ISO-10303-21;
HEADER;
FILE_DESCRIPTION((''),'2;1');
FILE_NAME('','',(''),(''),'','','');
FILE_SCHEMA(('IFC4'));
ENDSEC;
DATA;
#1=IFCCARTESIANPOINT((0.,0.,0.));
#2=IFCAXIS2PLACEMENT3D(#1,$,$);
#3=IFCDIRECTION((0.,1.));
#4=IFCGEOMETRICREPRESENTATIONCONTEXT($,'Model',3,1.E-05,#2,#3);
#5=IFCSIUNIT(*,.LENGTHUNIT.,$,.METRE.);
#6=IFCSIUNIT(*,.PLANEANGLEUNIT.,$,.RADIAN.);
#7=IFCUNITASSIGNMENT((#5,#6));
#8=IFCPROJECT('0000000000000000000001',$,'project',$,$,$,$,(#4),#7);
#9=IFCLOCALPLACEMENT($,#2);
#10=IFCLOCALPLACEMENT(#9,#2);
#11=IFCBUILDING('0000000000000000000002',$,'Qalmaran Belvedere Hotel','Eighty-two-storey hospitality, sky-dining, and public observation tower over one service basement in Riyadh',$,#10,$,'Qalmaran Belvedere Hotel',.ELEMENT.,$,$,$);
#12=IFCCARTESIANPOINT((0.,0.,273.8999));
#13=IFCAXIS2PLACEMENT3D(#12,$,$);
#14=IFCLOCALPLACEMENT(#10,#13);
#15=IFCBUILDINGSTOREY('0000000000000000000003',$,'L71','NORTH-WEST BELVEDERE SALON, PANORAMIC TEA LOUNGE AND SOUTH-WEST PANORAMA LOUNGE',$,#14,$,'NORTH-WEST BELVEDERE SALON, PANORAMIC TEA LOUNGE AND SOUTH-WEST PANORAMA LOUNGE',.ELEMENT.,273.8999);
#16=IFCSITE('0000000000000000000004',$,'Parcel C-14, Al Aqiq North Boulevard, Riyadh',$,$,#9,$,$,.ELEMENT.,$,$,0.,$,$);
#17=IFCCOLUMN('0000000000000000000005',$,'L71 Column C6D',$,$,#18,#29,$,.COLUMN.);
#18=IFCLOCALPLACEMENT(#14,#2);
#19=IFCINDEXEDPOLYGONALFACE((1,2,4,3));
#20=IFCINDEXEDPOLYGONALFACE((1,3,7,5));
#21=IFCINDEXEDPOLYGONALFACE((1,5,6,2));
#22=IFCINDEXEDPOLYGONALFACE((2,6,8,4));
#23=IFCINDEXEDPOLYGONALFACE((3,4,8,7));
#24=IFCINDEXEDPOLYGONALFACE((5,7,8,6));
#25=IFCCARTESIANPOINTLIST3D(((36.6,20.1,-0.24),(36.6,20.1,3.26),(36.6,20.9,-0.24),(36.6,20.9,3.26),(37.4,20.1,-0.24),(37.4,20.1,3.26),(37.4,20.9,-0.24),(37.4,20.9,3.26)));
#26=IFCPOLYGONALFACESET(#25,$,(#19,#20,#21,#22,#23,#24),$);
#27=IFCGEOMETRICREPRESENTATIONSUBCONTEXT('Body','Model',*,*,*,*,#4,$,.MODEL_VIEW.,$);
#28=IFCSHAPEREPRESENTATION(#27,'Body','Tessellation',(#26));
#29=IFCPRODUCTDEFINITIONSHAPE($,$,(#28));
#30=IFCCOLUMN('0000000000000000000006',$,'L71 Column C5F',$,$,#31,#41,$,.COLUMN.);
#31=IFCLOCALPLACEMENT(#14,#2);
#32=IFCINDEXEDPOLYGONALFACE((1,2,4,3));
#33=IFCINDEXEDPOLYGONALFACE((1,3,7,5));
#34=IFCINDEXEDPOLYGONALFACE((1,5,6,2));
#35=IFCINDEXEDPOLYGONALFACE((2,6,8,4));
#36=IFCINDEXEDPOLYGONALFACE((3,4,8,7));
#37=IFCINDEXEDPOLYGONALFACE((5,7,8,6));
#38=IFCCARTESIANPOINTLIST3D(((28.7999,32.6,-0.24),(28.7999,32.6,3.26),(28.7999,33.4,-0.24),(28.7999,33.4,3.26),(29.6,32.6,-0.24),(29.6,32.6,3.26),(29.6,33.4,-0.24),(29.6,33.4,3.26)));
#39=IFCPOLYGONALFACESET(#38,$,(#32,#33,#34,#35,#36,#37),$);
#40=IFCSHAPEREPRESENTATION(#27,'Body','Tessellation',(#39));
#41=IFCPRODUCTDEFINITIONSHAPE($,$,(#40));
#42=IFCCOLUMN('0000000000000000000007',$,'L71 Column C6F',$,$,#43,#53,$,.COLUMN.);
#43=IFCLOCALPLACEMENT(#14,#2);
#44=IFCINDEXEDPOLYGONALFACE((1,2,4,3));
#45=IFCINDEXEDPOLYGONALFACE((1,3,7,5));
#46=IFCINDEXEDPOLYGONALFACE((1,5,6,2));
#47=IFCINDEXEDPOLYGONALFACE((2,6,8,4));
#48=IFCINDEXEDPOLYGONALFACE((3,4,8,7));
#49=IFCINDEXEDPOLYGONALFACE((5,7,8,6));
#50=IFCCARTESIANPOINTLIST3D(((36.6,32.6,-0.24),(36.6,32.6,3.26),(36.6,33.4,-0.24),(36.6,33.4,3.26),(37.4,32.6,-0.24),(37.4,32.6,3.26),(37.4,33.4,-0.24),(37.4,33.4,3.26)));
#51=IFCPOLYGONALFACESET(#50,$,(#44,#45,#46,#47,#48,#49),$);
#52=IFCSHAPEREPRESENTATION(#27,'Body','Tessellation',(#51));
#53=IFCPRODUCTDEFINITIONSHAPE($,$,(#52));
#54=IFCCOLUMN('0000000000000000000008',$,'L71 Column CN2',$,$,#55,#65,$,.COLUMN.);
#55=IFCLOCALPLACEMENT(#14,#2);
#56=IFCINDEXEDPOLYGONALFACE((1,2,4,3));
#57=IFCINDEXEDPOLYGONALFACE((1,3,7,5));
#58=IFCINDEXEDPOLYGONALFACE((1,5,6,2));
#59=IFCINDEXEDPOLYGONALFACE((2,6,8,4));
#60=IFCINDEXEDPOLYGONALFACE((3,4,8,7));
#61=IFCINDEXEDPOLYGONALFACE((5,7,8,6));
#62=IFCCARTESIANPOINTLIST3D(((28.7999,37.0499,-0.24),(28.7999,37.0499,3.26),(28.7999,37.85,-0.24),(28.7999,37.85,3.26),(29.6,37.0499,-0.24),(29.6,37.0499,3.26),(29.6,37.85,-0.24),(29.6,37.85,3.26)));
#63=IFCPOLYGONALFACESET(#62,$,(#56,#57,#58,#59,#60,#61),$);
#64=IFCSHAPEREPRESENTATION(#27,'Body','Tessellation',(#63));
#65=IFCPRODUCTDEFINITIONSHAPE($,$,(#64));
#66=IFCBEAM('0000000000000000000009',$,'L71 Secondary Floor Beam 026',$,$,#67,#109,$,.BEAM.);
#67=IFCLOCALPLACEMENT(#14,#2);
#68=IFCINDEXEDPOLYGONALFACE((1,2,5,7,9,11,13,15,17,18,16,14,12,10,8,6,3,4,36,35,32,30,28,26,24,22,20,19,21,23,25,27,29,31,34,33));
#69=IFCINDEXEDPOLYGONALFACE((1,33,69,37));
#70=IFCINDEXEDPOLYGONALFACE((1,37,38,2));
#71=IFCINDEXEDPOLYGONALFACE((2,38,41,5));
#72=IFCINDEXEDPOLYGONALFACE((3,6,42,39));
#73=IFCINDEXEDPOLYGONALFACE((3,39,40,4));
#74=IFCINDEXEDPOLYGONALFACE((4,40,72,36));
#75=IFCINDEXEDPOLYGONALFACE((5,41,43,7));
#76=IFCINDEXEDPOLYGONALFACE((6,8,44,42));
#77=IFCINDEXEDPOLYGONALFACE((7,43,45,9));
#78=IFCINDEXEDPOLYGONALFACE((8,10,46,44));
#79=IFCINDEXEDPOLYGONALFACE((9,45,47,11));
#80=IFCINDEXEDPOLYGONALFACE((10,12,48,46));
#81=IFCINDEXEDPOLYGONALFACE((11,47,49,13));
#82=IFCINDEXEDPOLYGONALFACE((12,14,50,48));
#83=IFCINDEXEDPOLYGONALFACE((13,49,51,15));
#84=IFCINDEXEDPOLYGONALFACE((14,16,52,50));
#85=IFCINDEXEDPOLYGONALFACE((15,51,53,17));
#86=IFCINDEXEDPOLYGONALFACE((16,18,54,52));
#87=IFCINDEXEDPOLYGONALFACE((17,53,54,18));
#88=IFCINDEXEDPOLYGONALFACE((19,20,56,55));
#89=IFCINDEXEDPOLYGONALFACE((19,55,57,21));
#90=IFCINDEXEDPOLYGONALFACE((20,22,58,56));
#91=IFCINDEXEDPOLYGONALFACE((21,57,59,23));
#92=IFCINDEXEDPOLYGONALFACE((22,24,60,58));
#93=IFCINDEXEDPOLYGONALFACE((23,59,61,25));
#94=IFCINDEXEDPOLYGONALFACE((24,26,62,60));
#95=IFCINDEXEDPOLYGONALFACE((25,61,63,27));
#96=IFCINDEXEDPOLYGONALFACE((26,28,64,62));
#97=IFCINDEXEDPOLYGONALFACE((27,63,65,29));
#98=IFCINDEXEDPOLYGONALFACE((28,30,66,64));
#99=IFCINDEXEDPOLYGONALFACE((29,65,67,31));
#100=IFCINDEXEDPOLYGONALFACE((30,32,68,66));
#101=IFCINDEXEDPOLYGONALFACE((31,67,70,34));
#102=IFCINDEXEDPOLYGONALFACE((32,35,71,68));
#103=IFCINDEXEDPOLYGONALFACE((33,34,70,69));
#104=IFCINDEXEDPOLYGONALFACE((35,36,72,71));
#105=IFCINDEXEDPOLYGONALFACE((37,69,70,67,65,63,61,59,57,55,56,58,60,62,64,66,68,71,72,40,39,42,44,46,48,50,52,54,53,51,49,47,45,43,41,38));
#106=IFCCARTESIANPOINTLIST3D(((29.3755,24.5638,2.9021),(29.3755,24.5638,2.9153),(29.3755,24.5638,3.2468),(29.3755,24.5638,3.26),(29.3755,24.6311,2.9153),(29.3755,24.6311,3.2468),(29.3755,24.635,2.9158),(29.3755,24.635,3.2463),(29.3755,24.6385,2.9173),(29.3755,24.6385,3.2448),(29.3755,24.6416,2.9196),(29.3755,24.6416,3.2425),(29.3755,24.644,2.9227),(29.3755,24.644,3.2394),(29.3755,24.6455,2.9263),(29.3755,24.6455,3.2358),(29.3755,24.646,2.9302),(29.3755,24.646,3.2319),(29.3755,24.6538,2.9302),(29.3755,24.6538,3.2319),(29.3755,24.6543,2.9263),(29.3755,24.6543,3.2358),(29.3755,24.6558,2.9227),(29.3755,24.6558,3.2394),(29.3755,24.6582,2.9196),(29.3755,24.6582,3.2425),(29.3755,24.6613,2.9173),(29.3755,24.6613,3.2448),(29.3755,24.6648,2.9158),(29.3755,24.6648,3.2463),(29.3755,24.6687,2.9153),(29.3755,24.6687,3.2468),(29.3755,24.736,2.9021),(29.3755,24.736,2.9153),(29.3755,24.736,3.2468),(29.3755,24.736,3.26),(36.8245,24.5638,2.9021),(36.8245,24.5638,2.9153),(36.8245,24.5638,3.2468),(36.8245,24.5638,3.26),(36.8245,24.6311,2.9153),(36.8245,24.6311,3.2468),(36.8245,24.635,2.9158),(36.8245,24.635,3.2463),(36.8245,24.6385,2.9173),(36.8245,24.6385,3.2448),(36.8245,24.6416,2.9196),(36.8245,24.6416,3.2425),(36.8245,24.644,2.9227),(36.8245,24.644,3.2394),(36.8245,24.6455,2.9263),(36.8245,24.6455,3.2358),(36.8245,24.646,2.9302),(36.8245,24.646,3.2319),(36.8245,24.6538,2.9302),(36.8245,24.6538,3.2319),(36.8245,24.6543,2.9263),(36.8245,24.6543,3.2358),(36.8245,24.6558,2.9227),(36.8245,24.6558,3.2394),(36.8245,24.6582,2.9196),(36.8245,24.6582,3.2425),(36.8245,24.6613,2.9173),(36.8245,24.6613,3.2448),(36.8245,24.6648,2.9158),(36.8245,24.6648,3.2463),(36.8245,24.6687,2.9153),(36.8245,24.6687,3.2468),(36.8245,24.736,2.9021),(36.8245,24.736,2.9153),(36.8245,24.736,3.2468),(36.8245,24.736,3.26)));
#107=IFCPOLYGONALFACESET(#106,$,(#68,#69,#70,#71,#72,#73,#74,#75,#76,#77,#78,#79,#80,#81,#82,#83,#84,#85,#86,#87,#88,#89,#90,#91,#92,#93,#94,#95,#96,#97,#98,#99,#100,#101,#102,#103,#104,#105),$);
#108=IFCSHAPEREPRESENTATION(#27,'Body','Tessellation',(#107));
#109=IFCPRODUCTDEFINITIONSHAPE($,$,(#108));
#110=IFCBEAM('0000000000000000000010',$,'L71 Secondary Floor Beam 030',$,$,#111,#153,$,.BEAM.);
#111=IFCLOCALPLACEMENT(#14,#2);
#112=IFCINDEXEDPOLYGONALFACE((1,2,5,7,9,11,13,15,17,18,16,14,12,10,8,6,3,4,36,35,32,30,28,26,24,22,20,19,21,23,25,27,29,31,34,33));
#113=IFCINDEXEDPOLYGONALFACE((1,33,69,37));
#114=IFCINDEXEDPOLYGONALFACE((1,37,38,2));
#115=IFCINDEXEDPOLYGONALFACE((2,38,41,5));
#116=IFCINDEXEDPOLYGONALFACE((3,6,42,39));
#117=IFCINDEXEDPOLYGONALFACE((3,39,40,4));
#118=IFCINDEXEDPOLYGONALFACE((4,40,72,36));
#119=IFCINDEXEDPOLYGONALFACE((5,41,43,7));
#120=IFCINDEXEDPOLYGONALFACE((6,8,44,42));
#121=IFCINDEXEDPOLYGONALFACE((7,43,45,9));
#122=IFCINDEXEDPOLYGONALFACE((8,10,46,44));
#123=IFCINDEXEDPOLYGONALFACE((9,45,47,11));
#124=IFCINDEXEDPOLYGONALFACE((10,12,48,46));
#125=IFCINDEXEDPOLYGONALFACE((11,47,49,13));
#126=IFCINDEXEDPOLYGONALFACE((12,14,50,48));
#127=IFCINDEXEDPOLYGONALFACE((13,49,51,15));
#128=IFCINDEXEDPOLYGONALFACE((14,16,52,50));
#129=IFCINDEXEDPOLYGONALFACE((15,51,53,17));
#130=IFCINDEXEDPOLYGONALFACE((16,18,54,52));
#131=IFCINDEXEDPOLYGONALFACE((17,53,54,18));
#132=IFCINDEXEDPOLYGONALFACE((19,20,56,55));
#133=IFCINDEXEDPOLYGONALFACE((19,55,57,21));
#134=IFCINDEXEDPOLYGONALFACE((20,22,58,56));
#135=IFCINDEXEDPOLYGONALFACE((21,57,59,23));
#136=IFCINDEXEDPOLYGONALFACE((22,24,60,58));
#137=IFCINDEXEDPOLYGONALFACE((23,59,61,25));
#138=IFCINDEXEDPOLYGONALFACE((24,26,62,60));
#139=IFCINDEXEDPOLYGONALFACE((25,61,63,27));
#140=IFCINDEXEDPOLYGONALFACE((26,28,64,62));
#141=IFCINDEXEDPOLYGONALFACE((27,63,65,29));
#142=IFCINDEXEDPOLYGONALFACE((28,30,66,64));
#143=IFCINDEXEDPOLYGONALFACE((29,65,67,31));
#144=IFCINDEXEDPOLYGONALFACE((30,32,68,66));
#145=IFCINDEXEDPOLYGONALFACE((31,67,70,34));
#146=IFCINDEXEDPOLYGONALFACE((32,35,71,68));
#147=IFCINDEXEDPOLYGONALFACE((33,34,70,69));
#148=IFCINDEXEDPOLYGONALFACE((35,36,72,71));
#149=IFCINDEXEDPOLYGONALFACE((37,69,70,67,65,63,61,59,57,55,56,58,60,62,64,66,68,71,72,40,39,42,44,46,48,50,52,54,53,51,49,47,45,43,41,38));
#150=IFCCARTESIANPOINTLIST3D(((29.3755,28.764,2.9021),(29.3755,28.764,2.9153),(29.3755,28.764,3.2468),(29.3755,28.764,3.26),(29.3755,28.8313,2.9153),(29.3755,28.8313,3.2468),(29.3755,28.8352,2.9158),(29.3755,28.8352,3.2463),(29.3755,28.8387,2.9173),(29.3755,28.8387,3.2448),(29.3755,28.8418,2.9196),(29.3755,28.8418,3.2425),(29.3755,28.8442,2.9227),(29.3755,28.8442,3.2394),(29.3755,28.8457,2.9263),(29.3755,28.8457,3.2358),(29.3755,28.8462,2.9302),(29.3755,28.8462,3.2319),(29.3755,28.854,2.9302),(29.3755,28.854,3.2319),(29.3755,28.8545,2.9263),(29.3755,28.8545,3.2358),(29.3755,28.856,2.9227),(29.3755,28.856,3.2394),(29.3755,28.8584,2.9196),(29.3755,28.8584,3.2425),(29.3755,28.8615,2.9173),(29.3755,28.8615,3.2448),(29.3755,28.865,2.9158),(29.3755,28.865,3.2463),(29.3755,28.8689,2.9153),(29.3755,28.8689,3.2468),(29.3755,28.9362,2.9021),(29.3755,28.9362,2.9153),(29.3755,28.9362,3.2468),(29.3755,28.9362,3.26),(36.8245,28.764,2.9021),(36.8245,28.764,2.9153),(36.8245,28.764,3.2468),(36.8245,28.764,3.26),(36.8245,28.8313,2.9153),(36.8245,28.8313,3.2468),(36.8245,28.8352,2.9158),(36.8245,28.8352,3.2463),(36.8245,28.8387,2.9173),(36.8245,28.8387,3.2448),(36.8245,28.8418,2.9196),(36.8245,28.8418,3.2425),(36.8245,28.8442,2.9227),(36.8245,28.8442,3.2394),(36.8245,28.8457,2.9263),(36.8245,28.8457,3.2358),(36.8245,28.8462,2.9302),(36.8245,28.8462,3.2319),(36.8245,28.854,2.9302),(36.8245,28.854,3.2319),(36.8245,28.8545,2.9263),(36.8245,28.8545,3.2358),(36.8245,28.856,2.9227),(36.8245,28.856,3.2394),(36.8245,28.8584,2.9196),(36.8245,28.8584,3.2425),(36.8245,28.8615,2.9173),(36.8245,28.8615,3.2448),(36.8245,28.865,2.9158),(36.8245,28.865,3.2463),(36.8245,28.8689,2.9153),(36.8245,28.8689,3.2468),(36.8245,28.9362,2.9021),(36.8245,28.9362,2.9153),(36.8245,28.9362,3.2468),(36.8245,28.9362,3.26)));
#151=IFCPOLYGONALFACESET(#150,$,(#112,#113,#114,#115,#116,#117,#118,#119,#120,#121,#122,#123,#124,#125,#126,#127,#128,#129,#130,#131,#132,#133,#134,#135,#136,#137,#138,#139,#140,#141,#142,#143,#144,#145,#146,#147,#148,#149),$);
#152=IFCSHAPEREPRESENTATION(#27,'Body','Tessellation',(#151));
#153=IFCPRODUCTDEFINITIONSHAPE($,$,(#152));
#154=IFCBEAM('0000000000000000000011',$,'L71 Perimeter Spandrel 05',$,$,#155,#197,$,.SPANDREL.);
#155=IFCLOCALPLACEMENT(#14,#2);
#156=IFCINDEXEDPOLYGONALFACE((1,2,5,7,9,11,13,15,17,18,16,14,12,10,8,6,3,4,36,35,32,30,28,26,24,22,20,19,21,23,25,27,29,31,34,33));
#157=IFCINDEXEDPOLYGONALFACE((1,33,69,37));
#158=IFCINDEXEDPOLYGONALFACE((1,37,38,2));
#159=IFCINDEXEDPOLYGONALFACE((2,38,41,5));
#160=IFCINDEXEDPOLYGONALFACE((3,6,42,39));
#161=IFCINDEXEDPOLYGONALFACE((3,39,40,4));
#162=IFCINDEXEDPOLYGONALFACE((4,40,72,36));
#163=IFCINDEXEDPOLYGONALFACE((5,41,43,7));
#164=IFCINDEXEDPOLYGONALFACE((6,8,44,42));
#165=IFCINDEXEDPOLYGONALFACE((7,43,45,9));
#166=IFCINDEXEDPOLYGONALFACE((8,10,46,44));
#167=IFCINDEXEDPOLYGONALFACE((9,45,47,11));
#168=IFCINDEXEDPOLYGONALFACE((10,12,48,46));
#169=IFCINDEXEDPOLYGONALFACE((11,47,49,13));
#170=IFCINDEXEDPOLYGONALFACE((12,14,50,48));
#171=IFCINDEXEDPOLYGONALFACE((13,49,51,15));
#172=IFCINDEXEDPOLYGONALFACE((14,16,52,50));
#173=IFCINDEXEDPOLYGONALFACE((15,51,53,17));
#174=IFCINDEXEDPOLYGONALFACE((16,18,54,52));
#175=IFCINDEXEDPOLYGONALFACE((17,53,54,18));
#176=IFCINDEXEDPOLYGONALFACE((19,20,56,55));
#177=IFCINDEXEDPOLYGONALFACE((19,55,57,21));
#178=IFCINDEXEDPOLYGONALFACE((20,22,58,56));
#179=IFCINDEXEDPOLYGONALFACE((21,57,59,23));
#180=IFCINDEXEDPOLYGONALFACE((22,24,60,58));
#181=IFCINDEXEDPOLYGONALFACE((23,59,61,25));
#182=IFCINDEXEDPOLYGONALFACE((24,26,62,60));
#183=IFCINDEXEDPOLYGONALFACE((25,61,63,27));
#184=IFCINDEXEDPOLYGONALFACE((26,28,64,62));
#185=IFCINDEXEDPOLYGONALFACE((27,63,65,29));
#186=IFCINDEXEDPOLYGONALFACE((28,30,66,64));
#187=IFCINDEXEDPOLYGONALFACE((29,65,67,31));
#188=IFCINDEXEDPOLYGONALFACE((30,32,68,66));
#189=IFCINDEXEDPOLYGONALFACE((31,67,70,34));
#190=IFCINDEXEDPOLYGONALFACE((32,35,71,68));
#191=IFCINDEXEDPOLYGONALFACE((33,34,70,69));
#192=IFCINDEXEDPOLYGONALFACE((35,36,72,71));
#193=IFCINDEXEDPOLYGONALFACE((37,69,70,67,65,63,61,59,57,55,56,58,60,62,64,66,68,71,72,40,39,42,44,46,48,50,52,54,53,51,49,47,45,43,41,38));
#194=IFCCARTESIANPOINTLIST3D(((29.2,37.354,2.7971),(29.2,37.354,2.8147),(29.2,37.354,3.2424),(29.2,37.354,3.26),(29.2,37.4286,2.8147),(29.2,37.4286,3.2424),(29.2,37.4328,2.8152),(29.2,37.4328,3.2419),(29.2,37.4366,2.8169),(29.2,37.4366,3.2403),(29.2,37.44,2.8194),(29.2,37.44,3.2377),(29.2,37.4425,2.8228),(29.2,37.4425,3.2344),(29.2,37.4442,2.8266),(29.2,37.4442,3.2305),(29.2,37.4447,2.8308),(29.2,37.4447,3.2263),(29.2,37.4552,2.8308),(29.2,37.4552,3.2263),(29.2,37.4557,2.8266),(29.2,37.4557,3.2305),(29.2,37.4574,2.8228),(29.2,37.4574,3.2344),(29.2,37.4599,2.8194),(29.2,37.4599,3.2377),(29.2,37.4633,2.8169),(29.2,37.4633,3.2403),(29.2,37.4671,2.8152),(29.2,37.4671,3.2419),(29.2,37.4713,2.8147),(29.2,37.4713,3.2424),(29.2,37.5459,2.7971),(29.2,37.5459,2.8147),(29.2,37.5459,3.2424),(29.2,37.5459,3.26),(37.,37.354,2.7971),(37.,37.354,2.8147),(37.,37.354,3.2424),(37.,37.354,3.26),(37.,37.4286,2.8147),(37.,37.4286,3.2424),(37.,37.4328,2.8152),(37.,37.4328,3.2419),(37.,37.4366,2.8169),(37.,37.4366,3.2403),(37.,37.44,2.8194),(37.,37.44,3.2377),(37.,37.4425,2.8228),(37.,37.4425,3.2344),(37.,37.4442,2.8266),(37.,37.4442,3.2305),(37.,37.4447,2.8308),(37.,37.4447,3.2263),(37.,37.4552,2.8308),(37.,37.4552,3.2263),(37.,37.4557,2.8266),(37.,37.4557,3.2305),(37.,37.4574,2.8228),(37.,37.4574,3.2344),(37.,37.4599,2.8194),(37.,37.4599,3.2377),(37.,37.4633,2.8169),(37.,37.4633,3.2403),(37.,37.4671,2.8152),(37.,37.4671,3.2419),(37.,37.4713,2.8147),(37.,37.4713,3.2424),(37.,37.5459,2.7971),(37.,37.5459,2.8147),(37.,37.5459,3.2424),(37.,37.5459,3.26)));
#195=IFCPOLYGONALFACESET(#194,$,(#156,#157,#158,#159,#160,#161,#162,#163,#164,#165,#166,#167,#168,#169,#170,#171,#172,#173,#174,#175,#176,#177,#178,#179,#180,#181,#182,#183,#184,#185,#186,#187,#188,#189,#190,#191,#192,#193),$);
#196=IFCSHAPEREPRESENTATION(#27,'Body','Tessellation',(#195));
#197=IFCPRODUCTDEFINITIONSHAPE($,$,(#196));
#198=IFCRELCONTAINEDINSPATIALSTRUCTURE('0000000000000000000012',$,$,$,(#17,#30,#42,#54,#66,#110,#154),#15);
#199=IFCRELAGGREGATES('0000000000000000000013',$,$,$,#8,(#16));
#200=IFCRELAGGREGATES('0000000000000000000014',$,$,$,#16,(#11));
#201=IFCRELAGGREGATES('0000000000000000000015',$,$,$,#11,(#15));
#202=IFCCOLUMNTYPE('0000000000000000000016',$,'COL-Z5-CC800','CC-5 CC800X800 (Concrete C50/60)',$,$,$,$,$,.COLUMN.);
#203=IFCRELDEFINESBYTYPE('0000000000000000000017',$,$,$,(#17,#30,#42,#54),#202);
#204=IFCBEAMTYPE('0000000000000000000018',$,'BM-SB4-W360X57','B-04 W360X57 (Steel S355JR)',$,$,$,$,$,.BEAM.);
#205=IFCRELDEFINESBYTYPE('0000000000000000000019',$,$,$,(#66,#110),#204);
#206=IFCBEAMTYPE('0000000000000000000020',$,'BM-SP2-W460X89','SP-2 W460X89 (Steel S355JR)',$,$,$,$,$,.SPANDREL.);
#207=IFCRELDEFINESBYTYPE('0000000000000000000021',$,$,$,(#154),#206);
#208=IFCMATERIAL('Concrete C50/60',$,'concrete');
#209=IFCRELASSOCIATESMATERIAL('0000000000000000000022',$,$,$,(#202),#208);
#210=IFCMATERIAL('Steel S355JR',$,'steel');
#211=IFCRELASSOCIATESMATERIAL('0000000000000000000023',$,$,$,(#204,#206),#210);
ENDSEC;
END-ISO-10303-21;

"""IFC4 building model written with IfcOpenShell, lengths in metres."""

from ifc_helpers import new_model, si_unit, direction, frame, origin, origin_2d, place, context, subcontext, project, spatial, rectangle, i_section, extrude, material, material_profile, profile_set, type_object, element, save


model = new_model("IFC4")

# Units and contexts
model_context = context("Model", 3, precision=1e-05, world=origin(), true_north=direction((0.0, 1.0)))
body_context = subcontext(model_context, "Body", "Model", "MODEL_VIEW")
ifc_project = project(units=[si_unit("LENGTHUNIT", "METRE"), si_unit("PLANEANGLEUNIT", "RADIAN")], contexts=[model_context])

# Site, building, storey
site_placement = place(None, origin())
site = spatial("IfcSite", under=ifc_project, at=site_placement, Name="Parcel C-14, Al Aqiq North Boulevard, Riyadh", CompositionType="ELEMENT", RefElevation=0.0)
building_placement = place(site_placement, origin())
building = spatial("IfcBuilding", under=site, at=building_placement, Name="Qalmaran Belvedere Hotel", Description="Eighty-two-storey hospitality, sky-dining, and public observation tower over one service basement in Riyadh", LongName="Qalmaran Belvedere Hotel", CompositionType="ELEMENT")
storey_placement = place(building_placement, frame((0.0, 0.0, 273.8999)))
storey = spatial("IfcBuildingStorey", under=building, at=storey_placement, Name="L71", Description="NORTH-WEST BELVEDERE SALON, PANORAMIC TEA LOUNGE AND SOUTH-WEST PANORAMA LOUNGE", LongName="NORTH-WEST BELVEDERE SALON, PANORAMIC TEA LOUNGE AND SOUTH-WEST PANORAMA LOUNGE", CompositionType="ELEMENT", Elevation=273.8999)

# Columns
ifc_material_1 = material(Name="Concrete C50/60", Category="concrete")
ifc_material_profile_1 = material_profile(ifc_material_1, rectangle(XDim=0.8, YDim=0.8, at=origin_2d()), Name="CC800X800")
ifc_profile_set_1 = profile_set([ifc_material_profile_1], Name="Concrete C50/60")
column_type = type_object("IfcColumnType", Name="COL-Z5-CC800", Description="CC-5 CC800X800 (Concrete C50/60)", PredefinedType="COLUMN", material=ifc_profile_set_1)
for number, where, z_axis, x_axis, name in (
    (1, (37.0, 20.5, -0.24), (0.0, 0.0, 1.0), (1.0, 0.0, 0.0), "L71 Column C6D"),
    (2, (29.2, 33.0, -0.24), (0.0, 0.0, 1.0), (1.0, 0.0, 0.0), "L71 Column C5F"),
    (3, (37.0, 33.0, -0.24), (0.0, 0.0, 1.0), (1.0, 0.0, 0.0), "L71 Column C6F"),
    (4, (29.2, 37.45, -0.24), (0.0, 0.0, 1.0), (1.0, 0.0, 0.0), "L71 Column CN2"),
):
    element("IfcColumn", number, at=place(storey_placement, frame(where, z_axis=z_axis, x_axis=x_axis)), inside=storey, type_object=column_type, Name=name, PredefinedType="COLUMN", context=body_context, shape_type="SweptSolid", body=[
        extrude(rectangle(XDim=0.8, YDim=0.8, at=origin_2d()), origin(), (0.0, 0.0, 1.0), 3.5),
    ])

# Beams
ifc_material_2 = material(Name="Steel S355JR", Category="steel")
ifc_material_profile_2 = material_profile(ifc_material_2, i_section(OverallWidth=0.1721, OverallDepth=0.3579, WebThickness=0.0078, FlangeThickness=0.0132, FilletRadius=0.0149, at=origin_2d()), Name="W360X57")
ifc_profile_set_2 = profile_set([ifc_material_profile_2], Name="Steel S355JR")
beam_type_1 = type_object("IfcBeamType", Name="BM-SB4-W360X57", Description="B-04 W360X57 (Steel S355JR)", PredefinedType="BEAM", material=ifc_profile_set_2)
for number, where, z_axis, x_axis, name in (
    (5, (29.3755, 24.6499, 3.0811), (1.0, 0.0, 0.0), (0.0, 1.0, 0.0), "L71 Secondary Floor Beam 026"),
    (6, (29.3755, 28.8501, 3.0811), (1.0, 0.0, 0.0), (0.0, 1.0, 0.0), "L71 Secondary Floor Beam 030"),
):
    element("IfcBeam", number, at=place(storey_placement, frame(where, z_axis=z_axis, x_axis=x_axis)), inside=storey, type_object=beam_type_1, Name=name, PredefinedType="BEAM", context=body_context, shape_type="SweptSolid", body=[
        extrude(i_section(OverallWidth=0.1721, OverallDepth=0.3579, WebThickness=0.0078, FlangeThickness=0.0132, FilletRadius=0.0149, at=origin_2d()), origin(), (0.0, 0.0, 1.0), 7.449),
    ])
ifc_material_profile_3 = material_profile(ifc_material_2, i_section(OverallWidth=0.1919, OverallDepth=0.4629, WebThickness=0.0105, FlangeThickness=0.0176, FilletRadius=0.0161, at=origin_2d()), Name="W460X89")
ifc_profile_set_3 = profile_set([ifc_material_profile_3], Name="Steel S355JR")
beam_type_2 = type_object("IfcBeamType", Name="BM-SP2-W460X89", Description="SP-2 W460X89 (Steel S355JR)", PredefinedType="SPANDREL", material=ifc_profile_set_3)
beam_1_placement = place(storey_placement, frame((29.2, 37.45, 3.0286), z_axis=(1.0, 0.0, 0.0), x_axis=(0.0, 1.0, 0.0)))
element("IfcBeam", 7, at=beam_1_placement, inside=storey, type_object=beam_type_2, Name="L71 Perimeter Spandrel 05", PredefinedType="SPANDREL", context=body_context, shape_type="SweptSolid", body=[
    extrude(i_section(OverallWidth=0.1919, OverallDepth=0.4629, WebThickness=0.0105, FlangeThickness=0.0176, FilletRadius=0.0161, at=origin_2d()), origin(), (0.0, 0.0, 1.0), 7.8),
])

save(model, "model.ifc")
